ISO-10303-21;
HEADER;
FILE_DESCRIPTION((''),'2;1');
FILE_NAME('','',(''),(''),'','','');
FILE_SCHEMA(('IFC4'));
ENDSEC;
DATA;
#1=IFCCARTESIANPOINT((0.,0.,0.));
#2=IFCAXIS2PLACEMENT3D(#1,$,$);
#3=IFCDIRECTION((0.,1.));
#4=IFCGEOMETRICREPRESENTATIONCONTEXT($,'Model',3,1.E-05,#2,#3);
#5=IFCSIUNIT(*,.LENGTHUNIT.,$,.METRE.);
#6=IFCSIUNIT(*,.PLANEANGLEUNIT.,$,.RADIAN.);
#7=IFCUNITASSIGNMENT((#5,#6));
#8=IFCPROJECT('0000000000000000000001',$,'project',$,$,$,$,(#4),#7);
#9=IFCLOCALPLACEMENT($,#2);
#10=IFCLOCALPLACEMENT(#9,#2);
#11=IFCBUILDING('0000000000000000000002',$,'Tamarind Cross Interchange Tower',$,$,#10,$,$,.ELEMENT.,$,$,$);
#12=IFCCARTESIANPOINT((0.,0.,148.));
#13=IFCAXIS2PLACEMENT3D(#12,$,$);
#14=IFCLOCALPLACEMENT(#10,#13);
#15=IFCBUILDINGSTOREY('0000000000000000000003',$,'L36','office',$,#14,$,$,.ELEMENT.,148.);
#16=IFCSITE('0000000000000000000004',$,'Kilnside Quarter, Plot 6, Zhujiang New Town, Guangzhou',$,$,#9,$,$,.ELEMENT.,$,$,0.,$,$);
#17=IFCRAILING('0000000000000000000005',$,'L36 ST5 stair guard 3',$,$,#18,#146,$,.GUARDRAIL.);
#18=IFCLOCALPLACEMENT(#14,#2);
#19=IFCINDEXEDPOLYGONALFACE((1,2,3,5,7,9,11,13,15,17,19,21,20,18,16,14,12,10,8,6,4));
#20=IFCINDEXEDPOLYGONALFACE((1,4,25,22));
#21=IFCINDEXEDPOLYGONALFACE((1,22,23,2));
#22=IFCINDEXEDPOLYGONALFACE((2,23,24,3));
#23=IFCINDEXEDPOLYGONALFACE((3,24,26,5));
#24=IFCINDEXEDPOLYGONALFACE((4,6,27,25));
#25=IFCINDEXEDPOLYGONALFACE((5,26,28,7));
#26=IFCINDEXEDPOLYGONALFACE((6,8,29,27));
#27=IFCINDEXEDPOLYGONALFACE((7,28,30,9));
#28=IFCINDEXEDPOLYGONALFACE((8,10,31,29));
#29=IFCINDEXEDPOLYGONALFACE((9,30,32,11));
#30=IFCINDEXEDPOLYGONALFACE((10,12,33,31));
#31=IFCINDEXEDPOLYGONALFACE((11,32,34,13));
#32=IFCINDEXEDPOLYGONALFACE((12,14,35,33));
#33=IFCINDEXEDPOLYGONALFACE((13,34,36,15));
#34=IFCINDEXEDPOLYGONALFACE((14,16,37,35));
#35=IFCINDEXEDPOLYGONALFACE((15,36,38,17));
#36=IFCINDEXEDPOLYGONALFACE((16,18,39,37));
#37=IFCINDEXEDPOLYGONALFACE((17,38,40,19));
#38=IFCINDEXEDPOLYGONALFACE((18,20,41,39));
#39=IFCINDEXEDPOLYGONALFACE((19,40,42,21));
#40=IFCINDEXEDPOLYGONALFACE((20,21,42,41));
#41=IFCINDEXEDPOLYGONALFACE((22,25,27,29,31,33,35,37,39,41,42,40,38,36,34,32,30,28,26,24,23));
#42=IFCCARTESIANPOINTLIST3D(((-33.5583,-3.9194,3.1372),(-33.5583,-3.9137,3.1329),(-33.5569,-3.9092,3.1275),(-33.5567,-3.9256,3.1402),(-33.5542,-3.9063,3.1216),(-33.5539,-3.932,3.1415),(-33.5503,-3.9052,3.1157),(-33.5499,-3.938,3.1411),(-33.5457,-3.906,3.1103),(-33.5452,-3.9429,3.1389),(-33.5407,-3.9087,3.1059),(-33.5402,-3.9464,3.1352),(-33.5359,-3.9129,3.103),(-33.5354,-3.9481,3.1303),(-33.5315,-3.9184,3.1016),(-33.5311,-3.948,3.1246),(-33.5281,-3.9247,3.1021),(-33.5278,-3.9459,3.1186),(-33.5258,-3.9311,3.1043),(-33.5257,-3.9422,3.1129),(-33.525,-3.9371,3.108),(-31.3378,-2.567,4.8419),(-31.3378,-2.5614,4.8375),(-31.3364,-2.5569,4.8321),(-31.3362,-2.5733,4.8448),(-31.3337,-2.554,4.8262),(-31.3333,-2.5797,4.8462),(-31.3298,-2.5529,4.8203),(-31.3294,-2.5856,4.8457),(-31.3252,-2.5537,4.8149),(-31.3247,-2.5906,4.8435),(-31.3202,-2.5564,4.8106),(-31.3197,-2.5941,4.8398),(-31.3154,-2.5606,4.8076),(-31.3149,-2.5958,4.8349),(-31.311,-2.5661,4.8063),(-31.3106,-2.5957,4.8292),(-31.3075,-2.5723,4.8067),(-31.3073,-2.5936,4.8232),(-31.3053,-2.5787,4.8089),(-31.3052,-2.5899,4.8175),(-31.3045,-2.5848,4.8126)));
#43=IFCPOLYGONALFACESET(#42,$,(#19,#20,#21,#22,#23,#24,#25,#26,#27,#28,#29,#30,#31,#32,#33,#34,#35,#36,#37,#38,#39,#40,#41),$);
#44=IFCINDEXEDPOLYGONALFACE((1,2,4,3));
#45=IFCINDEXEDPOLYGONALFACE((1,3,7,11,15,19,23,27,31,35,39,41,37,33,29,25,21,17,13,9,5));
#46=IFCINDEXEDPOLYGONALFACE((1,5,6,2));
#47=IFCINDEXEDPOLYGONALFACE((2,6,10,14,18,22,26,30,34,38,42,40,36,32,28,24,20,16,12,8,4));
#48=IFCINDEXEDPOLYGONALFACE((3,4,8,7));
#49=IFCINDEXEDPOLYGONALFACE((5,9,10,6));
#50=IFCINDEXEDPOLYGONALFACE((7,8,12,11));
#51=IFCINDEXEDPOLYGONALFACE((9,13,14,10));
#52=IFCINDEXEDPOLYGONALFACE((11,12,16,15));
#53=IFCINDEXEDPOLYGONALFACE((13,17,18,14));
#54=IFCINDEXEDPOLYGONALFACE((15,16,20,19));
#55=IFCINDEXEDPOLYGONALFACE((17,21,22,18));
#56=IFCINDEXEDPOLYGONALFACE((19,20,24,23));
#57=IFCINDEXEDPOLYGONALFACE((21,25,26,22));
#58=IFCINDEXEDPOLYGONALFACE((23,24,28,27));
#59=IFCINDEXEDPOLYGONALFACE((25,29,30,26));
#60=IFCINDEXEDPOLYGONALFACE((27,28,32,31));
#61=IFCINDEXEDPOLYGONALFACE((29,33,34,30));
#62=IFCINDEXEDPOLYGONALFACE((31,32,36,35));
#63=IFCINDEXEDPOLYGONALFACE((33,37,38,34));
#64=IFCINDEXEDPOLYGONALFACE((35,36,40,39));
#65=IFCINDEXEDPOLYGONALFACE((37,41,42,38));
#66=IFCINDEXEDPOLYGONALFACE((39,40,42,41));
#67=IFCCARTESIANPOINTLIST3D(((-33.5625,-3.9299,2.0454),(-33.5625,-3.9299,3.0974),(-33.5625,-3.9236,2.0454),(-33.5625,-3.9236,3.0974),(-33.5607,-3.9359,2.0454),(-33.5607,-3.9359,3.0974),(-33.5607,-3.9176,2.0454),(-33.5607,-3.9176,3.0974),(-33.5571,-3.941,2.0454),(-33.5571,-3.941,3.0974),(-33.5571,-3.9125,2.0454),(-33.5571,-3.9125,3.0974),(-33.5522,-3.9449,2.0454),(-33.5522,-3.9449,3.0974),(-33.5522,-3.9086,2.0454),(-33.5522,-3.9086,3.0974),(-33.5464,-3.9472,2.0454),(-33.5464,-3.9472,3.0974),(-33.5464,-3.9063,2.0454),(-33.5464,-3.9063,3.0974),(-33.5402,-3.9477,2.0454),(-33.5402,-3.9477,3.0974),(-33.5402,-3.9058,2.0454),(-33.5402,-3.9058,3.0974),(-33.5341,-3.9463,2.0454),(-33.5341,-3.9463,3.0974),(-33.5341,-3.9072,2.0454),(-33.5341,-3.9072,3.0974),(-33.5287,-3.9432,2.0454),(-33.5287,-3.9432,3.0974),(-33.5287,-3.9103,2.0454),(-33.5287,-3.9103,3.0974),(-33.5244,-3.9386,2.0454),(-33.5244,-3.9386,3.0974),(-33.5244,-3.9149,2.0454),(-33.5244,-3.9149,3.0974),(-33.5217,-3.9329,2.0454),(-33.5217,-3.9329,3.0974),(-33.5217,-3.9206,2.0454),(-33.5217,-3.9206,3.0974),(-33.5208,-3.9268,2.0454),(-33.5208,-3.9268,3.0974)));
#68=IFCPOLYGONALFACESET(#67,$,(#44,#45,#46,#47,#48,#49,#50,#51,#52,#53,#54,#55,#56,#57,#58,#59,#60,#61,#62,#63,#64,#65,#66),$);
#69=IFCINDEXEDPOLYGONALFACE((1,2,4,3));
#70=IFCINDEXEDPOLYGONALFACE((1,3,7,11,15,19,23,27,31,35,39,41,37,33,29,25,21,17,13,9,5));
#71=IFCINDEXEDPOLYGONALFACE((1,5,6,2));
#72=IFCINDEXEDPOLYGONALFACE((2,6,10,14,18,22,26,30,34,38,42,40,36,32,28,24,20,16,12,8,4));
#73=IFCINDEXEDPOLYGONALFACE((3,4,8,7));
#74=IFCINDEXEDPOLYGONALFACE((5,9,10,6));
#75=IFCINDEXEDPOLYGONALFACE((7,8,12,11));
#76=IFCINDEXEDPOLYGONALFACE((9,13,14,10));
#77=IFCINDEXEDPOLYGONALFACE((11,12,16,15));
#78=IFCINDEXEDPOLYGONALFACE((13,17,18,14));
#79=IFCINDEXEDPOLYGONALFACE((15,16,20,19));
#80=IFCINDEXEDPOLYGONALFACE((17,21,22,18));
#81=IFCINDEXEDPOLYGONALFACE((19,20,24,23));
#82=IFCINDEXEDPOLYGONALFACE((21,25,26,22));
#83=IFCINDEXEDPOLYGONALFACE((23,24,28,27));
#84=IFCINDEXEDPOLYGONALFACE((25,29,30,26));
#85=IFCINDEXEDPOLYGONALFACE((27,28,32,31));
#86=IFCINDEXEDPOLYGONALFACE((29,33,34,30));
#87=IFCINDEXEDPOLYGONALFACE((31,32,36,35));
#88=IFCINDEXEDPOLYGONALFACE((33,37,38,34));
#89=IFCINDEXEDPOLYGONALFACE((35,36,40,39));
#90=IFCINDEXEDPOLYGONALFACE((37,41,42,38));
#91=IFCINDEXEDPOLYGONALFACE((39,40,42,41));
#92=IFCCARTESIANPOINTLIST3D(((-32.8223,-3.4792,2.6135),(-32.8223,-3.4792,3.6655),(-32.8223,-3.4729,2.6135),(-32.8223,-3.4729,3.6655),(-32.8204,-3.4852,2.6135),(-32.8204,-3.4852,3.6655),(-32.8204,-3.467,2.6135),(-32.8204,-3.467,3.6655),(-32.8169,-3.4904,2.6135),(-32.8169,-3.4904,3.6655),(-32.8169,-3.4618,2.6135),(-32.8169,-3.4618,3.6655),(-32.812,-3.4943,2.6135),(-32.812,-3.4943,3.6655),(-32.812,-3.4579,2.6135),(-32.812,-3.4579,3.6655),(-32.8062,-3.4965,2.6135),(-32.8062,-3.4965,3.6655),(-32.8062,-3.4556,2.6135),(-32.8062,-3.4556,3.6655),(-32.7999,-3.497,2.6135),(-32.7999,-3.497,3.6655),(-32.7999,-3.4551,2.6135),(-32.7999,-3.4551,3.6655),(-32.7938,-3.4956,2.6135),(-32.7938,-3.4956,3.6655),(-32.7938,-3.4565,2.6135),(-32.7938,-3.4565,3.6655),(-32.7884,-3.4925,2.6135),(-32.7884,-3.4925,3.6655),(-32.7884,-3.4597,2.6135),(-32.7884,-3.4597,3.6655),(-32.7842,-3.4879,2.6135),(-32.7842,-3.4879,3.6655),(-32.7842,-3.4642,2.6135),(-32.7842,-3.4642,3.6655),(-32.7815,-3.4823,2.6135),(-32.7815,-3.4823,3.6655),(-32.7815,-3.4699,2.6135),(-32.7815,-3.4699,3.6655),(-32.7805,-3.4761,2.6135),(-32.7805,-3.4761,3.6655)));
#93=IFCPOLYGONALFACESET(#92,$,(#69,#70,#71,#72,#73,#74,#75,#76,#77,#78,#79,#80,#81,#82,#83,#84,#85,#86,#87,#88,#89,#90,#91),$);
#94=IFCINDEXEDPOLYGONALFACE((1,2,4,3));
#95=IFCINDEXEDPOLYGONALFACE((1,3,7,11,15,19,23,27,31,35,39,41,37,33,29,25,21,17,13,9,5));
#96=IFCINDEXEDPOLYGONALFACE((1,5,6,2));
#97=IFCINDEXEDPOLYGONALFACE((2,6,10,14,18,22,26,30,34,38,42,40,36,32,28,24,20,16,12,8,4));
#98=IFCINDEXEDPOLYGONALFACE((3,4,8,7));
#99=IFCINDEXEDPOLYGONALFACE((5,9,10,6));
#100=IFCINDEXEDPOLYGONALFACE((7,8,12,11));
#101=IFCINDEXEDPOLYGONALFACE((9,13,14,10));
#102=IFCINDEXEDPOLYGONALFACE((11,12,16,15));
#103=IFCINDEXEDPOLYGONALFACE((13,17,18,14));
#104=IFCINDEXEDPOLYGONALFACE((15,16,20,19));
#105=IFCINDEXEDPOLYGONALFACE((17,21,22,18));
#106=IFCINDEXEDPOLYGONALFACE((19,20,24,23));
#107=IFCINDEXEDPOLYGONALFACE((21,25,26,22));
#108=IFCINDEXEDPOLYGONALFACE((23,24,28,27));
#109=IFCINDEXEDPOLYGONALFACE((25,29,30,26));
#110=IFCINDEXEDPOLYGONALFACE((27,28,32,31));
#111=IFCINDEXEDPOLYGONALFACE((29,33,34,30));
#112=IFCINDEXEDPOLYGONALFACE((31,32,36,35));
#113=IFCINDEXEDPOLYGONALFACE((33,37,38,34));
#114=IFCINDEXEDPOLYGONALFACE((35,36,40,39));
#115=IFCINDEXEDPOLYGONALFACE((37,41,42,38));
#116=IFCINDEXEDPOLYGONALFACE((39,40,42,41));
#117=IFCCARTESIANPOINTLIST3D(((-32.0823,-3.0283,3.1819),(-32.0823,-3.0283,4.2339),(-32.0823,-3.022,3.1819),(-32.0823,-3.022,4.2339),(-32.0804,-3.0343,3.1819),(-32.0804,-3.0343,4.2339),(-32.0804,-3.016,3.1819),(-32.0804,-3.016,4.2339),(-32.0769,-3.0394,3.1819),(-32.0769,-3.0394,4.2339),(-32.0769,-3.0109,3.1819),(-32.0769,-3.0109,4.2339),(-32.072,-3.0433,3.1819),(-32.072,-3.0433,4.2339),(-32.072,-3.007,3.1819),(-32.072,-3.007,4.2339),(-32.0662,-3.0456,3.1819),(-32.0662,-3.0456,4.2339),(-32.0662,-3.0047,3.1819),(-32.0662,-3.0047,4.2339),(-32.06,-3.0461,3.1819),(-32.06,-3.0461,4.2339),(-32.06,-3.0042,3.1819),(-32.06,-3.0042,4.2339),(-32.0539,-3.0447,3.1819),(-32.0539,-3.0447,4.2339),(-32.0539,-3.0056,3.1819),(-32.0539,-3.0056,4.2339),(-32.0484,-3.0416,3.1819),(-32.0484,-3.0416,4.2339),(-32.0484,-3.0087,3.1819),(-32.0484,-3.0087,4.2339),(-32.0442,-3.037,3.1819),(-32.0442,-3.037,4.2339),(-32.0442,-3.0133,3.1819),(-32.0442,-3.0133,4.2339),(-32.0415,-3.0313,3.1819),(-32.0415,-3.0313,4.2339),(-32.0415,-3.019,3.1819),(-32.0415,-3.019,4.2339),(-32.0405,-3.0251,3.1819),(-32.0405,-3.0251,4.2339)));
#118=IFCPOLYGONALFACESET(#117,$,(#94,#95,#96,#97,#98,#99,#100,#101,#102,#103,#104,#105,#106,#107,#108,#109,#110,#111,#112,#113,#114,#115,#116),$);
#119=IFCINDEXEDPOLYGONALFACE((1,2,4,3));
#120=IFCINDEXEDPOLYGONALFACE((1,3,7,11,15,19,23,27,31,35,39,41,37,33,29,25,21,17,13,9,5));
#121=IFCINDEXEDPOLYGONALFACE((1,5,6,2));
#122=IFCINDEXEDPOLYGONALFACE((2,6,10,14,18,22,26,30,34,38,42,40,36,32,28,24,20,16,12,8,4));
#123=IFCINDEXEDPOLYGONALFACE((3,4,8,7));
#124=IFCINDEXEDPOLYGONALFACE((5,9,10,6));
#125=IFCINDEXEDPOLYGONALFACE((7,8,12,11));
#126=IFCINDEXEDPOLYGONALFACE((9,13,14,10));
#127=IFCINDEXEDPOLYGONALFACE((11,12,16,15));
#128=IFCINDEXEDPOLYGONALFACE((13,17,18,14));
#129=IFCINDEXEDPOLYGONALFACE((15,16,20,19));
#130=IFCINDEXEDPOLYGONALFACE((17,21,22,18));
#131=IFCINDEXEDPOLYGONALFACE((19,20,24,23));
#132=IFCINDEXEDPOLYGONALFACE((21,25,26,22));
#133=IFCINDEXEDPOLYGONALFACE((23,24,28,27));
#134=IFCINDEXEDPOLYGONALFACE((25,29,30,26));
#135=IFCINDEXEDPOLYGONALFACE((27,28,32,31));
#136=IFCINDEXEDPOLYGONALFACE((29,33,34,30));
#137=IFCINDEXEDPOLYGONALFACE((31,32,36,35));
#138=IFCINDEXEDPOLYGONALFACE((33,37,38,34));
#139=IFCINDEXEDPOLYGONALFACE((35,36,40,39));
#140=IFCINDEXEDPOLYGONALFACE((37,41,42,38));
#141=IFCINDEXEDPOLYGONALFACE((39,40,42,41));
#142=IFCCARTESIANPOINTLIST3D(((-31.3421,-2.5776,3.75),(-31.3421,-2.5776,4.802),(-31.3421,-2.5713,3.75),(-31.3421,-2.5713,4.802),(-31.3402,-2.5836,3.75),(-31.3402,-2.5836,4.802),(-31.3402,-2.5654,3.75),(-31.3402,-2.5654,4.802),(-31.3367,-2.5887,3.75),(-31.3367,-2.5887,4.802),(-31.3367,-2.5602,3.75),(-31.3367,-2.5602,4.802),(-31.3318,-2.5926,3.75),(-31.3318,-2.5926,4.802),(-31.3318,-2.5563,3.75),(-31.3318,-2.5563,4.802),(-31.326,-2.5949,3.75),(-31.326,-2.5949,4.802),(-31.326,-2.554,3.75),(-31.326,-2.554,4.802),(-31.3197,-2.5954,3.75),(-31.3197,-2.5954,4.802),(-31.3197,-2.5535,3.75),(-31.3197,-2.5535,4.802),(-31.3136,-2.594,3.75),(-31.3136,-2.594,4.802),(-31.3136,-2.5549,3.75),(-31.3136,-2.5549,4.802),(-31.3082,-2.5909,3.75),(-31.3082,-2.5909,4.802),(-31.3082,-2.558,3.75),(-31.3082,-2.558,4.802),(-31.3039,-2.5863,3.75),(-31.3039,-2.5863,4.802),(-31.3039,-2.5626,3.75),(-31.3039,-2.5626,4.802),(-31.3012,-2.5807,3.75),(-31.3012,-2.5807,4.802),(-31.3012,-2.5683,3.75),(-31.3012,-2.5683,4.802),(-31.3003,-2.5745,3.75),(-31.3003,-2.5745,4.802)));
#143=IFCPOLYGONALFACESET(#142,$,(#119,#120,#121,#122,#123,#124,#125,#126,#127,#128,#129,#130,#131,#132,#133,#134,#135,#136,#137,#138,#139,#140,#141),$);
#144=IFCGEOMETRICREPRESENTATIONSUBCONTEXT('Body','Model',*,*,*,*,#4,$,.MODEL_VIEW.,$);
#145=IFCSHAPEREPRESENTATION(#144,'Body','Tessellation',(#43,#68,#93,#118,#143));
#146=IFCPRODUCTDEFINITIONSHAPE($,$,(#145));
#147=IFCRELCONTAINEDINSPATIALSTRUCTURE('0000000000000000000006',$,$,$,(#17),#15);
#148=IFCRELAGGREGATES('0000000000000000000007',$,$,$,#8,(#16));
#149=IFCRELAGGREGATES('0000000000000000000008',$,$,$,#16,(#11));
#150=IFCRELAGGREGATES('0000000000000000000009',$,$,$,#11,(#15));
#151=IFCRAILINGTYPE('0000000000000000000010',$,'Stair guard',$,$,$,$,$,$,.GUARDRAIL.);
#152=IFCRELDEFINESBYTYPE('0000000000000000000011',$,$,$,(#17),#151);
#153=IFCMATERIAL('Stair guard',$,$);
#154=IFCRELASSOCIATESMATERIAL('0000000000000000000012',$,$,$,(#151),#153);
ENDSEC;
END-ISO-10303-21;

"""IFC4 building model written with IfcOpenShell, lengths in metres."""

from ifc_helpers import new_model, si_unit, direction, frame, origin, origin_2d, place, context, subcontext, project, spatial, circle, extrude, material, type_object, element, save


model = new_model("IFC4")

# Units and contexts
model_context = context("Model", 3, precision=1e-05, world=origin(), true_north=direction((0.0, 1.0)))
body_context = subcontext(model_context, "Body", "Model", "MODEL_VIEW")
ifc_project = project(units=[si_unit("LENGTHUNIT", "METRE"), si_unit("PLANEANGLEUNIT", "RADIAN")], contexts=[model_context])

# Site, building, storey
site_placement = place(None, origin())
site = spatial("IfcSite", under=ifc_project, at=site_placement, Name="Kilnside Quarter, Plot 6, Zhujiang New Town, Guangzhou", CompositionType="ELEMENT", RefElevation=0.0)
building_placement = place(site_placement, origin())
building = spatial("IfcBuilding", under=site, at=building_placement, Name="Tamarind Cross Interchange Tower", CompositionType="ELEMENT")
storey_placement = place(building_placement, frame((0.0, 0.0, 148.0)))
storey = spatial("IfcBuildingStorey", under=building, at=storey_placement, Name="L36", Description="office", CompositionType="ELEMENT", Elevation=148.0)

# Railing
ifc_material_1 = material(Name="Stair guard")
railing_type_1 = type_object("IfcRailingType", Name="Stair guard", PredefinedType="GUARDRAIL", material=ifc_material_1)
railing_1_placement = place(storey_placement, frame((-33.5417, -3.9268, 2.0454)))
element("IfcRailing", 1, at=railing_1_placement, inside=storey, type_object=railing_type_1, Name="L36 ST5 stair guard 3", PredefinedType="GUARDRAIL", context=body_context, shape_type="SweptSolid", body=[
    extrude(circle(Radius=0.0239, at=origin_2d()), frame((0.0, 0.0, 1.0762), z_axis=(0.714245, 0.434986, 0.548308), x_axis=(-0.520147, 0.854077, 0.0)), (0.0, 0.0, 1.0), 3.1089),
    extrude(circle(Radius=0.021, at=origin_2d()), origin(), (0.0, 0.0, 1.0), 1.052),
    extrude(circle(Radius=0.021, at=origin_2d()), frame((0.7402, 0.4507, 0.5681)), (0.0, 0.0, 1.0), 1.052),
    extrude(circle(Radius=0.021, at=origin_2d()), frame((1.4802, 0.9016, 1.1365)), (0.0, 0.0, 1.0), 1.052),
    extrude(circle(Radius=0.021, at=origin_2d()), frame((2.2205, 1.3523, 1.7046)), (0.0, 0.0, 1.0), 1.052),
])

save(model, "model.ifc")
